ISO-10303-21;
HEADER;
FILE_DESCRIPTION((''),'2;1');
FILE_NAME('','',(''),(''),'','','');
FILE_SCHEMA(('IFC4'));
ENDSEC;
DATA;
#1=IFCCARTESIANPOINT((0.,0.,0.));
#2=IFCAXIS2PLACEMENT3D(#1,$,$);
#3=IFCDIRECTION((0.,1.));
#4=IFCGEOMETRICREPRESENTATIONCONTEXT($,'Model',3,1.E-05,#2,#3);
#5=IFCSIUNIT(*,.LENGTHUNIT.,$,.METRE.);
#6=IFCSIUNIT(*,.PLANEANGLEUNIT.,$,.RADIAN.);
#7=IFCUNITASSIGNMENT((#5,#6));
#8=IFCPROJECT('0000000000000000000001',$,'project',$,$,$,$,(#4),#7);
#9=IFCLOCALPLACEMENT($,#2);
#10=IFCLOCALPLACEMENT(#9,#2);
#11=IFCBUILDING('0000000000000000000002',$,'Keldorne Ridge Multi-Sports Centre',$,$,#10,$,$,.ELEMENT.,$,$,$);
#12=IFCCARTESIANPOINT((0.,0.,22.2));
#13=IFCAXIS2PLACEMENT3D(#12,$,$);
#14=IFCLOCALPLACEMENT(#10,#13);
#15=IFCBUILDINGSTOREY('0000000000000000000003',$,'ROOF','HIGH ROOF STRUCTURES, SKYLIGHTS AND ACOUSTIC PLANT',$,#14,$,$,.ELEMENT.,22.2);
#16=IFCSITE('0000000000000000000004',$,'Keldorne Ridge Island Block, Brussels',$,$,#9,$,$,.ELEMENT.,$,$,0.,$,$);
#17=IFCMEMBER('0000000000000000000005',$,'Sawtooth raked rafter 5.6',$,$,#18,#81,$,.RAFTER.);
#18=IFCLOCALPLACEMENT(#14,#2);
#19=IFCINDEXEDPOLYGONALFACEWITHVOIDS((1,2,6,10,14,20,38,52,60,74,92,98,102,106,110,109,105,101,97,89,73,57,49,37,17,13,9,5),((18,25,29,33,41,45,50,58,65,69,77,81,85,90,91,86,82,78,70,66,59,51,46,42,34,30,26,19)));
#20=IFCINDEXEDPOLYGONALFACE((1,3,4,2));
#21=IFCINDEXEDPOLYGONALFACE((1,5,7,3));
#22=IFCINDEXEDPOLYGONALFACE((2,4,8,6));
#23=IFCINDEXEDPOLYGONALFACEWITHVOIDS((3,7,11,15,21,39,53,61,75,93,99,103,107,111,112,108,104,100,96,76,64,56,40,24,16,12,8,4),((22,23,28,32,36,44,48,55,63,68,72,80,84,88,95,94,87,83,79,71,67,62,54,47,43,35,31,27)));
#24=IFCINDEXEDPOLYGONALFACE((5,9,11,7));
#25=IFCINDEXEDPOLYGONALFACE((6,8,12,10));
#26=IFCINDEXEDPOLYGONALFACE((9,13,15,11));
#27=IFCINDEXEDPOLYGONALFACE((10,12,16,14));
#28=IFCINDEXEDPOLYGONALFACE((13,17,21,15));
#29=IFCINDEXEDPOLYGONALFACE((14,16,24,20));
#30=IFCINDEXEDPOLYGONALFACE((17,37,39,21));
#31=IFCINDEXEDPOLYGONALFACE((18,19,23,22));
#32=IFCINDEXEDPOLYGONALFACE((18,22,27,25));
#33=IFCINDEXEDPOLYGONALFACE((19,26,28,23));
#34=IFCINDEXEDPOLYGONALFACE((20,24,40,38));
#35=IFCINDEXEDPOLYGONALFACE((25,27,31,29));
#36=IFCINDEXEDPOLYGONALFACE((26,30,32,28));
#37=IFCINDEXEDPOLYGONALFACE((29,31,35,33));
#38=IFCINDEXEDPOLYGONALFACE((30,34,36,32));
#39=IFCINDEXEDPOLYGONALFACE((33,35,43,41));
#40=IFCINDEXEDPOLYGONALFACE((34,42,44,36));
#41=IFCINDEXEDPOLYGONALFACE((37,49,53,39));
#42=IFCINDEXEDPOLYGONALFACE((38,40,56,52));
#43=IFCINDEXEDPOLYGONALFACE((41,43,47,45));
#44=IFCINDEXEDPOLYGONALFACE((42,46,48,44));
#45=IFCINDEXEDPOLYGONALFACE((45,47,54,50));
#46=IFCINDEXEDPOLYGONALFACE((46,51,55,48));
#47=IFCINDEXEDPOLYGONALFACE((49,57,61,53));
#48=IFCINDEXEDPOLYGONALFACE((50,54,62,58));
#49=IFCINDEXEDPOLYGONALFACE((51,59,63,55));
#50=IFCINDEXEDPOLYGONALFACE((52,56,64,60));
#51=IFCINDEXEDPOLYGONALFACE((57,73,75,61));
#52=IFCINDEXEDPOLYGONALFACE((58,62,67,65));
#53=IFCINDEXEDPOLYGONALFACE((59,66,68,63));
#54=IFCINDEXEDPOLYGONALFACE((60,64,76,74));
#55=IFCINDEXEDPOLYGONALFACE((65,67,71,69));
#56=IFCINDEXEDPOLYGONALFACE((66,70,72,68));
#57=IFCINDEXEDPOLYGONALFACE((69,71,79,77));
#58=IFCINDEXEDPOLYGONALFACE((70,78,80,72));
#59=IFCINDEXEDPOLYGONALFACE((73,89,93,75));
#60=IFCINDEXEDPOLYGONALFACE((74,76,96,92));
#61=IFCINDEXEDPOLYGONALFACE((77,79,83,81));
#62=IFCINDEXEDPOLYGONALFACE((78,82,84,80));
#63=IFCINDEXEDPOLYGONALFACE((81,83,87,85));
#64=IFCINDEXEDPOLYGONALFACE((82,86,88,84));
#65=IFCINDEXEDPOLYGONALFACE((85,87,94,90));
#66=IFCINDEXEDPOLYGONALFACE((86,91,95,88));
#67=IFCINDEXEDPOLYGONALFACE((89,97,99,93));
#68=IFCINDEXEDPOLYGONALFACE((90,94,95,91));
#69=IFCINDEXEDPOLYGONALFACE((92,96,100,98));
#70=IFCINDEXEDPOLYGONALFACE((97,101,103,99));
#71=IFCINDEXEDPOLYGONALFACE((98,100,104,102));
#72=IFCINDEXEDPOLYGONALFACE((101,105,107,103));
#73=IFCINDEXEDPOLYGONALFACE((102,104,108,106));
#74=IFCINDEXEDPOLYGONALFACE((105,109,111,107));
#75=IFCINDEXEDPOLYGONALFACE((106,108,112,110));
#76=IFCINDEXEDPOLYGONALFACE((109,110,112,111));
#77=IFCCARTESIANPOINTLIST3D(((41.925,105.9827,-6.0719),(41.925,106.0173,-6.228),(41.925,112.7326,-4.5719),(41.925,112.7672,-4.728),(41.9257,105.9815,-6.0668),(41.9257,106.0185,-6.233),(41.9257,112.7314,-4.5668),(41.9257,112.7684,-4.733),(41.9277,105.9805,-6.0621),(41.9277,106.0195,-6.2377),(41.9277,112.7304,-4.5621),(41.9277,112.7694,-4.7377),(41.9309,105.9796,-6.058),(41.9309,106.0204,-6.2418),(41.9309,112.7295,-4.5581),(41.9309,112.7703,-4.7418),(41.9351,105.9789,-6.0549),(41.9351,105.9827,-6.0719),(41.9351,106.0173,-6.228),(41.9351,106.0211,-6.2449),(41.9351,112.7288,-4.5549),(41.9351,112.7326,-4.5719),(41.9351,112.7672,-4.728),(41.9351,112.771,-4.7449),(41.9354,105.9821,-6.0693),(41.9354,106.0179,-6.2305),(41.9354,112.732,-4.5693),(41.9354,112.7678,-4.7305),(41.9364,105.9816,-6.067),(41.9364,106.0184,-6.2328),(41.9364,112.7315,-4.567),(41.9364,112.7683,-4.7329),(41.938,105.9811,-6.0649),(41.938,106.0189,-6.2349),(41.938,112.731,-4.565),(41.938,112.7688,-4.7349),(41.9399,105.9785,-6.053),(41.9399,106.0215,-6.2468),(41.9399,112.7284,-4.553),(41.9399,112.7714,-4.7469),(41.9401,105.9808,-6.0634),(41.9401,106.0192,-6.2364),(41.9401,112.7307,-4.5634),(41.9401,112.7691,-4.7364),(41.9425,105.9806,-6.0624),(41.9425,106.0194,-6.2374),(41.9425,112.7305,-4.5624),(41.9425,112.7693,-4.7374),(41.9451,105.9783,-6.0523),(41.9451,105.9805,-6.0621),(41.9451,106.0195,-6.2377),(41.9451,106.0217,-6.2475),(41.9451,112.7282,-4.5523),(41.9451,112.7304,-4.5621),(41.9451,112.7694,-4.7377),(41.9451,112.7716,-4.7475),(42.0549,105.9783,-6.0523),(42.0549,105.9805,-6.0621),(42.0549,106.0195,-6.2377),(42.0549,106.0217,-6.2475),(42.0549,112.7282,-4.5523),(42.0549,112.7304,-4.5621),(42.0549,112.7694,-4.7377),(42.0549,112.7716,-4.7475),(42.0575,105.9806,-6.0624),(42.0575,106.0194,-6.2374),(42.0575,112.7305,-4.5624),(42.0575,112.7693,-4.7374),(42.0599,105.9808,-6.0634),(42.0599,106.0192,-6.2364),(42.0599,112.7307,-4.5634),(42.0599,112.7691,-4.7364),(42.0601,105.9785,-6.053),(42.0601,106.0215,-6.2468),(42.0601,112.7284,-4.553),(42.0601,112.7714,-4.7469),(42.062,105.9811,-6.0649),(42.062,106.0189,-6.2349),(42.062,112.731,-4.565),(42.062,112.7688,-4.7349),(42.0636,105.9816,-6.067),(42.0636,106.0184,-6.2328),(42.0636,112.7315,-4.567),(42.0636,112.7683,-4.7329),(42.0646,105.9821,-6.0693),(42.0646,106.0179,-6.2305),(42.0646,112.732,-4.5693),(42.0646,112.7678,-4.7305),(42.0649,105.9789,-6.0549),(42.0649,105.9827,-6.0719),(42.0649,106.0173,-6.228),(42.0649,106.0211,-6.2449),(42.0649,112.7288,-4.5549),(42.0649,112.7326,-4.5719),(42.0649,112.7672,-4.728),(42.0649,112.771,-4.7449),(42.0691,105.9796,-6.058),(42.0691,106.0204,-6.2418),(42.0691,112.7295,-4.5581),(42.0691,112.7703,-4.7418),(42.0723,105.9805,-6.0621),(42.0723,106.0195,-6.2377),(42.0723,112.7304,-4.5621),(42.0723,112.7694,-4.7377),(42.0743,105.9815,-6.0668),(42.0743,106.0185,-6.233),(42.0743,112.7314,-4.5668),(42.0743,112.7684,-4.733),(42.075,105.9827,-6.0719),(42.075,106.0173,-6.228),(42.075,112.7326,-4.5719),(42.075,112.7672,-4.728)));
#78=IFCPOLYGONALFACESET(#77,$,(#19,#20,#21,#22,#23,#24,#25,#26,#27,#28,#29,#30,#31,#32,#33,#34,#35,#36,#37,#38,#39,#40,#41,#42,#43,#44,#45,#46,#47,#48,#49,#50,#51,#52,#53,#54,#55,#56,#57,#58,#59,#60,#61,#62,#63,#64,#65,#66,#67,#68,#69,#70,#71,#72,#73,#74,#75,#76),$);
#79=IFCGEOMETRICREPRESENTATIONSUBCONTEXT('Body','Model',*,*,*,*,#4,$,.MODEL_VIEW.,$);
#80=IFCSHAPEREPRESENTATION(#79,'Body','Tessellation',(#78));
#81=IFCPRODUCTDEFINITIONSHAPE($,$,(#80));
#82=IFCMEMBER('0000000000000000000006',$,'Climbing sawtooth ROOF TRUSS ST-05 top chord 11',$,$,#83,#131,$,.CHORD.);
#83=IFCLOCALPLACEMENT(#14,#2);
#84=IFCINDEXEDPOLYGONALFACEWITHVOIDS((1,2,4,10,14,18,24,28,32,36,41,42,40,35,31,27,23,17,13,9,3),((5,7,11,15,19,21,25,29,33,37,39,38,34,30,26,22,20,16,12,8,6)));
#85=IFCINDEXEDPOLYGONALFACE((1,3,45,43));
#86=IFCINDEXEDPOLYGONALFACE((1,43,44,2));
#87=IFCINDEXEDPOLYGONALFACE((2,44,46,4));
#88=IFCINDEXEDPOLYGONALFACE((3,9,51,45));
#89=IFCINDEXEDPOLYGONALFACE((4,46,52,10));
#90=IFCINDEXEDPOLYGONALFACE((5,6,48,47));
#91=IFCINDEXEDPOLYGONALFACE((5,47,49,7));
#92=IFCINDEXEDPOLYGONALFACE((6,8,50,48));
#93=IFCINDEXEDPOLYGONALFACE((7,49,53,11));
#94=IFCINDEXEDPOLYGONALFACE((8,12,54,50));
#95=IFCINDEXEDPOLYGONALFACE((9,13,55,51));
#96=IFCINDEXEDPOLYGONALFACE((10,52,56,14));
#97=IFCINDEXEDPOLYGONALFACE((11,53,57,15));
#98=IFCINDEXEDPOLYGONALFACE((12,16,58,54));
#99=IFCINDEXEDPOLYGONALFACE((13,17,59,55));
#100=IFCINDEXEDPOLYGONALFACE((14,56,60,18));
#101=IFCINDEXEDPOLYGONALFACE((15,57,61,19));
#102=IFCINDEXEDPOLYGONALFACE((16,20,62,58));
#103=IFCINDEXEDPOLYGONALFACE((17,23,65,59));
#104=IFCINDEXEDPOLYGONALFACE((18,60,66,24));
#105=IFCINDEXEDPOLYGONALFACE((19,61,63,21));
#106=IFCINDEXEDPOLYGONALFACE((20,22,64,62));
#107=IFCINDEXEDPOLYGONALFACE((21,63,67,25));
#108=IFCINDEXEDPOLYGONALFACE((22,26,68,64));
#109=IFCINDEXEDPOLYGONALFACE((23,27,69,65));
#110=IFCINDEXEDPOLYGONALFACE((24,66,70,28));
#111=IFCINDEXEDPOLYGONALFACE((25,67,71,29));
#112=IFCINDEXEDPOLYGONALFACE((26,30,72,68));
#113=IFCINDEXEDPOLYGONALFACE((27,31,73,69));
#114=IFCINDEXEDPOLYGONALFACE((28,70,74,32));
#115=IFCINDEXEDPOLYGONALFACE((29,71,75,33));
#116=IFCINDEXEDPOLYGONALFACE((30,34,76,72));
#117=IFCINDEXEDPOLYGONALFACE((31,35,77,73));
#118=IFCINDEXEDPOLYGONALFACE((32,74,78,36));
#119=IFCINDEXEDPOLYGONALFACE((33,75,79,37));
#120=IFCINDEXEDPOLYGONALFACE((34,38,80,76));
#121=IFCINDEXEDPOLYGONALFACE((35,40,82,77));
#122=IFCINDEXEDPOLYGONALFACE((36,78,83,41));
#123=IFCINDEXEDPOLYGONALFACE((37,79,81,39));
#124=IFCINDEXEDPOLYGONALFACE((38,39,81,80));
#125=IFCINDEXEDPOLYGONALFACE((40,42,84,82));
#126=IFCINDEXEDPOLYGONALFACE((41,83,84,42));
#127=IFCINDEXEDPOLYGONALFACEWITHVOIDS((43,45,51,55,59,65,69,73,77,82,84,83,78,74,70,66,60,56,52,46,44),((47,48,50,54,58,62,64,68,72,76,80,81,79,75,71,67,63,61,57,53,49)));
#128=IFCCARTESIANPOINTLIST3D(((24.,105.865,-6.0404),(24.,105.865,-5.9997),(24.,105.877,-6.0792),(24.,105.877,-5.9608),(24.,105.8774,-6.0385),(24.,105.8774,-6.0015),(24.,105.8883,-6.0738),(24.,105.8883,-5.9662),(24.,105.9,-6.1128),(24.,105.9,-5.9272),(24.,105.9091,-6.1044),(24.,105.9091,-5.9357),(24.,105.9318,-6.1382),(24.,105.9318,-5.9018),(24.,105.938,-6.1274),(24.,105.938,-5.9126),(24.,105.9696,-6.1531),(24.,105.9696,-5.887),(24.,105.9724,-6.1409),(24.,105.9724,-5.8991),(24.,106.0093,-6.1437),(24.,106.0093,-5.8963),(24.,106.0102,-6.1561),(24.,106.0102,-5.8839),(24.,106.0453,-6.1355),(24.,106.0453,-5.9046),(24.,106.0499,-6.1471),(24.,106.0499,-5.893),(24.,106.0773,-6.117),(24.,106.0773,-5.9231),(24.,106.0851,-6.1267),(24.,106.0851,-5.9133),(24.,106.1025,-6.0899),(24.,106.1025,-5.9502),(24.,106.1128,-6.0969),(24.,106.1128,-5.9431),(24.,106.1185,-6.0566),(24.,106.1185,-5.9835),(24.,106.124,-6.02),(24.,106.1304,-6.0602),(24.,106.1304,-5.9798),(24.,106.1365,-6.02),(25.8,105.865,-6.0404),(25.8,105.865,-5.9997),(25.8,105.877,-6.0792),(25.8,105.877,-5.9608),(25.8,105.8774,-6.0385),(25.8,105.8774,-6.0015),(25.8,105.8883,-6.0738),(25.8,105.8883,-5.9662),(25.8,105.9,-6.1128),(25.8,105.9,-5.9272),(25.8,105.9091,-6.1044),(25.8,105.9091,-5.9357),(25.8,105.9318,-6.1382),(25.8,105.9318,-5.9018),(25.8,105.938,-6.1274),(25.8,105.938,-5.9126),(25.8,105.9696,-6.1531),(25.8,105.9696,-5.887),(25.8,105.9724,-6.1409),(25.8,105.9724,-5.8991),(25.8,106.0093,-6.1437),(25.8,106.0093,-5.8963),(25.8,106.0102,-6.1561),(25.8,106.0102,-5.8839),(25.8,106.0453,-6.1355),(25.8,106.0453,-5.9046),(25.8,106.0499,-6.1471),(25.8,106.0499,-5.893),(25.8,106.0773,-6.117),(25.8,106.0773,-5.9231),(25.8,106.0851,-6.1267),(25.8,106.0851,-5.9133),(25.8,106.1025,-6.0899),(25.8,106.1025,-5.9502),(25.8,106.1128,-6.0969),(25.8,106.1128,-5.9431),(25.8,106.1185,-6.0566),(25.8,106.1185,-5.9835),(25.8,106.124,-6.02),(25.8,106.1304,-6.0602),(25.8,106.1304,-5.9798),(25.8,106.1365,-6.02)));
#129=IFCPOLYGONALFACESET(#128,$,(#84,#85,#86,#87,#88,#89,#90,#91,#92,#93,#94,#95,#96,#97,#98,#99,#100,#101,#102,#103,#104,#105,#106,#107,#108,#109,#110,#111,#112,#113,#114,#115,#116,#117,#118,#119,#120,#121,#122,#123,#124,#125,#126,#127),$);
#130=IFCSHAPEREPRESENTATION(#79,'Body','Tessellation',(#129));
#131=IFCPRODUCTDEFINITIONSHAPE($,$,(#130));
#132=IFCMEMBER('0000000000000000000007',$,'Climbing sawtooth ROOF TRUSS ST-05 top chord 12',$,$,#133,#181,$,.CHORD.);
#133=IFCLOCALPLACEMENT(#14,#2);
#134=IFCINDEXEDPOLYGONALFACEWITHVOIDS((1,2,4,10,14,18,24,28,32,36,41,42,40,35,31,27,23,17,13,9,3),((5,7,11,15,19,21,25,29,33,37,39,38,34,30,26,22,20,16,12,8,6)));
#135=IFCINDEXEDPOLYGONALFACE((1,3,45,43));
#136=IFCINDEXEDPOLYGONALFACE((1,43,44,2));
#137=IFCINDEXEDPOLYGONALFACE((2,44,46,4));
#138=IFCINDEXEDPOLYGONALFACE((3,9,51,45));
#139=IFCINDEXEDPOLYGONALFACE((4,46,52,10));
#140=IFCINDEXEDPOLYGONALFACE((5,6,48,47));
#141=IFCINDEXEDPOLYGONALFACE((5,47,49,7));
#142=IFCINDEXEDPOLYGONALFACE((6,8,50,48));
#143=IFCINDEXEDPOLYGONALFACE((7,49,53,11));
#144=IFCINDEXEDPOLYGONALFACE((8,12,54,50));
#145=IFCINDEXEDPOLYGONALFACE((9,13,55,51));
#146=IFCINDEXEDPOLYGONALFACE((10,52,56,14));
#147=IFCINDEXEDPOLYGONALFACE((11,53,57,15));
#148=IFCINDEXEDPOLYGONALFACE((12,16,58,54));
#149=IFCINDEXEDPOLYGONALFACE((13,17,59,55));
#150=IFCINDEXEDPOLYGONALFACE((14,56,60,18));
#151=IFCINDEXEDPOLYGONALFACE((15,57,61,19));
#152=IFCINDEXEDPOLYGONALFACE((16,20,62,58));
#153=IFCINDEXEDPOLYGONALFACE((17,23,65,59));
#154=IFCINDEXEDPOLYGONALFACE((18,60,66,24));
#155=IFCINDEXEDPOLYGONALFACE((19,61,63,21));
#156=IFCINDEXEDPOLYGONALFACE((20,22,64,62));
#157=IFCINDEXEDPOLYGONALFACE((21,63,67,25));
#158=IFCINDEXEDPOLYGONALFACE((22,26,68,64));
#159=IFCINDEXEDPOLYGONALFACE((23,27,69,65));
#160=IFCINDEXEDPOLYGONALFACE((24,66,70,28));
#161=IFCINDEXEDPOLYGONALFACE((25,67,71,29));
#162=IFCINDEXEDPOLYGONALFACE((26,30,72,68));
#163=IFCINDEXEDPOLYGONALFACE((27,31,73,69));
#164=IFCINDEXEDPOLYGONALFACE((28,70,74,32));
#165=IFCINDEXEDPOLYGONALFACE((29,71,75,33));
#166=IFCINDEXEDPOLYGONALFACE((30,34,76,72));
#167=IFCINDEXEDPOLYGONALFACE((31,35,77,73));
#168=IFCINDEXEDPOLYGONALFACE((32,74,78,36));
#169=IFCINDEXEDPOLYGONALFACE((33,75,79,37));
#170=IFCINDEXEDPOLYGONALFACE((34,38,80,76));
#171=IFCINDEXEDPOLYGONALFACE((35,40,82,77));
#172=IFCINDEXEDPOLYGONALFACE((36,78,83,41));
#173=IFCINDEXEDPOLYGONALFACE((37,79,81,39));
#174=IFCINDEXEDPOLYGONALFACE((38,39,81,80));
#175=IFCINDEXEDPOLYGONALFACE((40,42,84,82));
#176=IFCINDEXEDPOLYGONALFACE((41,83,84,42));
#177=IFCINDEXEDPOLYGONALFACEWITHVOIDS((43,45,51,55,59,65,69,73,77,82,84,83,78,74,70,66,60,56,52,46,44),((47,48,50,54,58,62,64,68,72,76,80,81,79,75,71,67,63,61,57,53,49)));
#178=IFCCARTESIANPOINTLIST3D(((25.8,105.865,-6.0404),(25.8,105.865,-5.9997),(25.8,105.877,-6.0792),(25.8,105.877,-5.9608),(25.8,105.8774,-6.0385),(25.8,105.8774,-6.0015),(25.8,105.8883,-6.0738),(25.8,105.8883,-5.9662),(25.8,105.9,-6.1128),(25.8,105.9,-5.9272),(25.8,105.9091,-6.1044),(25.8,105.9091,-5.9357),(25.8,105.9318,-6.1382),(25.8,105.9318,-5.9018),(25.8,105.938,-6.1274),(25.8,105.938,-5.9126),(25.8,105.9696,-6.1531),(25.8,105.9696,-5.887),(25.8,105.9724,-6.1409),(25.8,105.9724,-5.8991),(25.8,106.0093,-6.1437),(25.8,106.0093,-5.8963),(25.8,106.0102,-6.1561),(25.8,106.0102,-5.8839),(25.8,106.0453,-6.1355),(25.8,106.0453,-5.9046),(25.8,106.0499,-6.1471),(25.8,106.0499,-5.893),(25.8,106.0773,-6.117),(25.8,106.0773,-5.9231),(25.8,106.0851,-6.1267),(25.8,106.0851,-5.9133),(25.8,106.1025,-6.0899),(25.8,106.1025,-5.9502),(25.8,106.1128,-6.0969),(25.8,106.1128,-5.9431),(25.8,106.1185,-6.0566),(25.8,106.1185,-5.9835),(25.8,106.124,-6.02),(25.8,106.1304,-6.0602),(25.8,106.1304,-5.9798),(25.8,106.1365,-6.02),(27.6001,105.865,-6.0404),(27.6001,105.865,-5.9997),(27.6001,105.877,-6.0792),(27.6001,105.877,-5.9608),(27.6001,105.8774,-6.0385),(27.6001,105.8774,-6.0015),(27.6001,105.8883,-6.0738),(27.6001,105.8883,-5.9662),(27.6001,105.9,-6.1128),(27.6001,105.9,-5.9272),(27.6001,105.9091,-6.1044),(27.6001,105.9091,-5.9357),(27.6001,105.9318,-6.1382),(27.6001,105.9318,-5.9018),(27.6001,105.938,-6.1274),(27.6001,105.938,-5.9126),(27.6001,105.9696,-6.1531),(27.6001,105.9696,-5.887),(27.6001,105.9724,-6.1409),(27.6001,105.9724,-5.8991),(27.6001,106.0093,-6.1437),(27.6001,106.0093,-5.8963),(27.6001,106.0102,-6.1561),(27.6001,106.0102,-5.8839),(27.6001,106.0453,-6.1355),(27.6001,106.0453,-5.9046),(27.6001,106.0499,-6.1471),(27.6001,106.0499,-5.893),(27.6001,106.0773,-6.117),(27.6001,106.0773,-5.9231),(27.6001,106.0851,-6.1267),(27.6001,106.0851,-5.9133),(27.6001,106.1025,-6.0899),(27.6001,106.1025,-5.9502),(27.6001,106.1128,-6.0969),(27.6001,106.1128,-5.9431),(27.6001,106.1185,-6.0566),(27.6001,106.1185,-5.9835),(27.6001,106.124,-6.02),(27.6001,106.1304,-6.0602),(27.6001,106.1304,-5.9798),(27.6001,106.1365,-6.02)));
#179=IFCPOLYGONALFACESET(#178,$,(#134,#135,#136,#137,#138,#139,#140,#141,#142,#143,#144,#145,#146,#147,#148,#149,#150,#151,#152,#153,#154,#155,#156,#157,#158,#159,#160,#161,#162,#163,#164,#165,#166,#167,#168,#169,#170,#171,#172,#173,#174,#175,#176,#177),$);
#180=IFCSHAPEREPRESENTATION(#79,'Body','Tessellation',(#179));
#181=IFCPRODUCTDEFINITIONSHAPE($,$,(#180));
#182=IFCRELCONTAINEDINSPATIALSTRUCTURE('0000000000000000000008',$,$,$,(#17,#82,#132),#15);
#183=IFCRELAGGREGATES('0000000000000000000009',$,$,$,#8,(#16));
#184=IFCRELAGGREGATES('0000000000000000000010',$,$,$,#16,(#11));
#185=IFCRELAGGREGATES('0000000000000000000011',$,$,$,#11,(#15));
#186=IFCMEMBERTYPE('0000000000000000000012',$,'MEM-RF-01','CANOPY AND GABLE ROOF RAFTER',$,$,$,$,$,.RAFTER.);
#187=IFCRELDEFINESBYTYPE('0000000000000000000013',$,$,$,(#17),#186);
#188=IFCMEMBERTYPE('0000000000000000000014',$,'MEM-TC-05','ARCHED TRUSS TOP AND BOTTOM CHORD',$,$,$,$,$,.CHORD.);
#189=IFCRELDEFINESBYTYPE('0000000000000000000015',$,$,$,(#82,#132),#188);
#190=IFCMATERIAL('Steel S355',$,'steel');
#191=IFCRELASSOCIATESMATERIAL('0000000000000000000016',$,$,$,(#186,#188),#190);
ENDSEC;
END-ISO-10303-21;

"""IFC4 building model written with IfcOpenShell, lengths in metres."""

from ifc_helpers import new_model, si_unit, direction, frame, origin, origin_2d, place, context, subcontext, project, spatial, hollow_rectangle, hollow_circle, extrude, material, material_profile, profile_set, type_object, element, save


model = new_model("IFC4")

# Units and contexts
model_context = context("Model", 3, precision=1e-05, world=origin(), true_north=direction((0.0, 1.0)))
body_context = subcontext(model_context, "Body", "Model", "MODEL_VIEW")
ifc_project = project(units=[si_unit("LENGTHUNIT", "METRE"), si_unit("PLANEANGLEUNIT", "RADIAN")], contexts=[model_context])

# Site, building, storey
site_placement = place(None, origin())
site = spatial("IfcSite", under=ifc_project, at=site_placement, Name="Keldorne Ridge Island Block, Brussels", CompositionType="ELEMENT", RefElevation=0.0)
building_placement = place(site_placement, origin())
building = spatial("IfcBuilding", under=site, at=building_placement, Name="Keldorne Ridge Multi-Sports Centre", CompositionType="ELEMENT")
storey_placement = place(building_placement, frame((0.0, 0.0, 22.2)))
storey = spatial("IfcBuildingStorey", under=building, at=storey_placement, Name="ROOF", Description="HIGH ROOF STRUCTURES, SKYLIGHTS AND ACOUSTIC PLANT", CompositionType="ELEMENT", Elevation=22.2)

# Shared definitions
ifc_material_1 = material(Name="Steel S355", Category="steel")

# Members
ifc_material_profile_1 = material_profile(ifc_material_1, hollow_rectangle(XDim=0.1499, YDim=0.2, WallThickness=0.01, InnerFilletRadius=0.01, OuterFilletRadius=0.02, at=origin_2d()), Name="RHS 200x150x10")
ifc_profile_set_1 = profile_set([ifc_material_profile_1], Name="Steel S355")
member_type_1 = type_object("IfcMemberType", Name="MEM-RF-01", Description="CANOPY AND GABLE ROOF RAFTER", PredefinedType="RAFTER", material=ifc_profile_set_1)
member_1_placement = place(storey_placement, frame((42.0, 106.0, -6.1499), z_axis=(0.0, 0.976187, 0.21693), x_axis=(-1.0, 0.0, 0.0)))
element("IfcMember", 1, at=member_1_placement, inside=storey, type_object=member_type_1, Name="Sawtooth raked rafter 5.6", PredefinedType="RAFTER", context=body_context, shape_type="SweptSolid", body=[
    extrude(hollow_rectangle(XDim=0.1499, YDim=0.2, WallThickness=0.01, InnerFilletRadius=0.01, OuterFilletRadius=0.02, at=origin_2d()), origin(), (0.0, 0.0, 1.0), 6.9146),
])
ifc_material_profile_2 = material_profile(ifc_material_1, hollow_circle(Radius=0.1365, WallThickness=0.0125, at=origin_2d()), Name="CHS 273x12.5")
ifc_profile_set_2 = profile_set([ifc_material_profile_2], Name="Steel S355")
member_type_2 = type_object("IfcMemberType", Name="MEM-TC-05", Description="ARCHED TRUSS TOP AND BOTTOM CHORD", PredefinedType="CHORD", material=ifc_profile_set_2)
for number, where, z_axis, x_axis, name in (
    (2, (24.0, 106.0, -6.02), (1.0, 0.0, 0.0), (0.0, 1.0, 0.0), "Climbing sawtooth ROOF TRUSS ST-05 top chord 11"),
    (3, (25.8, 106.0, -6.02), (1.0, 0.0, 0.0), (0.0, 1.0, 0.0), "Climbing sawtooth ROOF TRUSS ST-05 top chord 12"),
):
    element("IfcMember", number, at=place(storey_placement, frame(where, z_axis=z_axis, x_axis=x_axis)), inside=storey, type_object=member_type_2, Name=name, PredefinedType="CHORD", context=body_context, shape_type="SweptSolid", body=[
        extrude(hollow_circle(Radius=0.1365, WallThickness=0.0125, at=origin_2d()), origin(), (0.0, 0.0, 1.0), 1.8),
    ])

save(model, "model.ifc")
